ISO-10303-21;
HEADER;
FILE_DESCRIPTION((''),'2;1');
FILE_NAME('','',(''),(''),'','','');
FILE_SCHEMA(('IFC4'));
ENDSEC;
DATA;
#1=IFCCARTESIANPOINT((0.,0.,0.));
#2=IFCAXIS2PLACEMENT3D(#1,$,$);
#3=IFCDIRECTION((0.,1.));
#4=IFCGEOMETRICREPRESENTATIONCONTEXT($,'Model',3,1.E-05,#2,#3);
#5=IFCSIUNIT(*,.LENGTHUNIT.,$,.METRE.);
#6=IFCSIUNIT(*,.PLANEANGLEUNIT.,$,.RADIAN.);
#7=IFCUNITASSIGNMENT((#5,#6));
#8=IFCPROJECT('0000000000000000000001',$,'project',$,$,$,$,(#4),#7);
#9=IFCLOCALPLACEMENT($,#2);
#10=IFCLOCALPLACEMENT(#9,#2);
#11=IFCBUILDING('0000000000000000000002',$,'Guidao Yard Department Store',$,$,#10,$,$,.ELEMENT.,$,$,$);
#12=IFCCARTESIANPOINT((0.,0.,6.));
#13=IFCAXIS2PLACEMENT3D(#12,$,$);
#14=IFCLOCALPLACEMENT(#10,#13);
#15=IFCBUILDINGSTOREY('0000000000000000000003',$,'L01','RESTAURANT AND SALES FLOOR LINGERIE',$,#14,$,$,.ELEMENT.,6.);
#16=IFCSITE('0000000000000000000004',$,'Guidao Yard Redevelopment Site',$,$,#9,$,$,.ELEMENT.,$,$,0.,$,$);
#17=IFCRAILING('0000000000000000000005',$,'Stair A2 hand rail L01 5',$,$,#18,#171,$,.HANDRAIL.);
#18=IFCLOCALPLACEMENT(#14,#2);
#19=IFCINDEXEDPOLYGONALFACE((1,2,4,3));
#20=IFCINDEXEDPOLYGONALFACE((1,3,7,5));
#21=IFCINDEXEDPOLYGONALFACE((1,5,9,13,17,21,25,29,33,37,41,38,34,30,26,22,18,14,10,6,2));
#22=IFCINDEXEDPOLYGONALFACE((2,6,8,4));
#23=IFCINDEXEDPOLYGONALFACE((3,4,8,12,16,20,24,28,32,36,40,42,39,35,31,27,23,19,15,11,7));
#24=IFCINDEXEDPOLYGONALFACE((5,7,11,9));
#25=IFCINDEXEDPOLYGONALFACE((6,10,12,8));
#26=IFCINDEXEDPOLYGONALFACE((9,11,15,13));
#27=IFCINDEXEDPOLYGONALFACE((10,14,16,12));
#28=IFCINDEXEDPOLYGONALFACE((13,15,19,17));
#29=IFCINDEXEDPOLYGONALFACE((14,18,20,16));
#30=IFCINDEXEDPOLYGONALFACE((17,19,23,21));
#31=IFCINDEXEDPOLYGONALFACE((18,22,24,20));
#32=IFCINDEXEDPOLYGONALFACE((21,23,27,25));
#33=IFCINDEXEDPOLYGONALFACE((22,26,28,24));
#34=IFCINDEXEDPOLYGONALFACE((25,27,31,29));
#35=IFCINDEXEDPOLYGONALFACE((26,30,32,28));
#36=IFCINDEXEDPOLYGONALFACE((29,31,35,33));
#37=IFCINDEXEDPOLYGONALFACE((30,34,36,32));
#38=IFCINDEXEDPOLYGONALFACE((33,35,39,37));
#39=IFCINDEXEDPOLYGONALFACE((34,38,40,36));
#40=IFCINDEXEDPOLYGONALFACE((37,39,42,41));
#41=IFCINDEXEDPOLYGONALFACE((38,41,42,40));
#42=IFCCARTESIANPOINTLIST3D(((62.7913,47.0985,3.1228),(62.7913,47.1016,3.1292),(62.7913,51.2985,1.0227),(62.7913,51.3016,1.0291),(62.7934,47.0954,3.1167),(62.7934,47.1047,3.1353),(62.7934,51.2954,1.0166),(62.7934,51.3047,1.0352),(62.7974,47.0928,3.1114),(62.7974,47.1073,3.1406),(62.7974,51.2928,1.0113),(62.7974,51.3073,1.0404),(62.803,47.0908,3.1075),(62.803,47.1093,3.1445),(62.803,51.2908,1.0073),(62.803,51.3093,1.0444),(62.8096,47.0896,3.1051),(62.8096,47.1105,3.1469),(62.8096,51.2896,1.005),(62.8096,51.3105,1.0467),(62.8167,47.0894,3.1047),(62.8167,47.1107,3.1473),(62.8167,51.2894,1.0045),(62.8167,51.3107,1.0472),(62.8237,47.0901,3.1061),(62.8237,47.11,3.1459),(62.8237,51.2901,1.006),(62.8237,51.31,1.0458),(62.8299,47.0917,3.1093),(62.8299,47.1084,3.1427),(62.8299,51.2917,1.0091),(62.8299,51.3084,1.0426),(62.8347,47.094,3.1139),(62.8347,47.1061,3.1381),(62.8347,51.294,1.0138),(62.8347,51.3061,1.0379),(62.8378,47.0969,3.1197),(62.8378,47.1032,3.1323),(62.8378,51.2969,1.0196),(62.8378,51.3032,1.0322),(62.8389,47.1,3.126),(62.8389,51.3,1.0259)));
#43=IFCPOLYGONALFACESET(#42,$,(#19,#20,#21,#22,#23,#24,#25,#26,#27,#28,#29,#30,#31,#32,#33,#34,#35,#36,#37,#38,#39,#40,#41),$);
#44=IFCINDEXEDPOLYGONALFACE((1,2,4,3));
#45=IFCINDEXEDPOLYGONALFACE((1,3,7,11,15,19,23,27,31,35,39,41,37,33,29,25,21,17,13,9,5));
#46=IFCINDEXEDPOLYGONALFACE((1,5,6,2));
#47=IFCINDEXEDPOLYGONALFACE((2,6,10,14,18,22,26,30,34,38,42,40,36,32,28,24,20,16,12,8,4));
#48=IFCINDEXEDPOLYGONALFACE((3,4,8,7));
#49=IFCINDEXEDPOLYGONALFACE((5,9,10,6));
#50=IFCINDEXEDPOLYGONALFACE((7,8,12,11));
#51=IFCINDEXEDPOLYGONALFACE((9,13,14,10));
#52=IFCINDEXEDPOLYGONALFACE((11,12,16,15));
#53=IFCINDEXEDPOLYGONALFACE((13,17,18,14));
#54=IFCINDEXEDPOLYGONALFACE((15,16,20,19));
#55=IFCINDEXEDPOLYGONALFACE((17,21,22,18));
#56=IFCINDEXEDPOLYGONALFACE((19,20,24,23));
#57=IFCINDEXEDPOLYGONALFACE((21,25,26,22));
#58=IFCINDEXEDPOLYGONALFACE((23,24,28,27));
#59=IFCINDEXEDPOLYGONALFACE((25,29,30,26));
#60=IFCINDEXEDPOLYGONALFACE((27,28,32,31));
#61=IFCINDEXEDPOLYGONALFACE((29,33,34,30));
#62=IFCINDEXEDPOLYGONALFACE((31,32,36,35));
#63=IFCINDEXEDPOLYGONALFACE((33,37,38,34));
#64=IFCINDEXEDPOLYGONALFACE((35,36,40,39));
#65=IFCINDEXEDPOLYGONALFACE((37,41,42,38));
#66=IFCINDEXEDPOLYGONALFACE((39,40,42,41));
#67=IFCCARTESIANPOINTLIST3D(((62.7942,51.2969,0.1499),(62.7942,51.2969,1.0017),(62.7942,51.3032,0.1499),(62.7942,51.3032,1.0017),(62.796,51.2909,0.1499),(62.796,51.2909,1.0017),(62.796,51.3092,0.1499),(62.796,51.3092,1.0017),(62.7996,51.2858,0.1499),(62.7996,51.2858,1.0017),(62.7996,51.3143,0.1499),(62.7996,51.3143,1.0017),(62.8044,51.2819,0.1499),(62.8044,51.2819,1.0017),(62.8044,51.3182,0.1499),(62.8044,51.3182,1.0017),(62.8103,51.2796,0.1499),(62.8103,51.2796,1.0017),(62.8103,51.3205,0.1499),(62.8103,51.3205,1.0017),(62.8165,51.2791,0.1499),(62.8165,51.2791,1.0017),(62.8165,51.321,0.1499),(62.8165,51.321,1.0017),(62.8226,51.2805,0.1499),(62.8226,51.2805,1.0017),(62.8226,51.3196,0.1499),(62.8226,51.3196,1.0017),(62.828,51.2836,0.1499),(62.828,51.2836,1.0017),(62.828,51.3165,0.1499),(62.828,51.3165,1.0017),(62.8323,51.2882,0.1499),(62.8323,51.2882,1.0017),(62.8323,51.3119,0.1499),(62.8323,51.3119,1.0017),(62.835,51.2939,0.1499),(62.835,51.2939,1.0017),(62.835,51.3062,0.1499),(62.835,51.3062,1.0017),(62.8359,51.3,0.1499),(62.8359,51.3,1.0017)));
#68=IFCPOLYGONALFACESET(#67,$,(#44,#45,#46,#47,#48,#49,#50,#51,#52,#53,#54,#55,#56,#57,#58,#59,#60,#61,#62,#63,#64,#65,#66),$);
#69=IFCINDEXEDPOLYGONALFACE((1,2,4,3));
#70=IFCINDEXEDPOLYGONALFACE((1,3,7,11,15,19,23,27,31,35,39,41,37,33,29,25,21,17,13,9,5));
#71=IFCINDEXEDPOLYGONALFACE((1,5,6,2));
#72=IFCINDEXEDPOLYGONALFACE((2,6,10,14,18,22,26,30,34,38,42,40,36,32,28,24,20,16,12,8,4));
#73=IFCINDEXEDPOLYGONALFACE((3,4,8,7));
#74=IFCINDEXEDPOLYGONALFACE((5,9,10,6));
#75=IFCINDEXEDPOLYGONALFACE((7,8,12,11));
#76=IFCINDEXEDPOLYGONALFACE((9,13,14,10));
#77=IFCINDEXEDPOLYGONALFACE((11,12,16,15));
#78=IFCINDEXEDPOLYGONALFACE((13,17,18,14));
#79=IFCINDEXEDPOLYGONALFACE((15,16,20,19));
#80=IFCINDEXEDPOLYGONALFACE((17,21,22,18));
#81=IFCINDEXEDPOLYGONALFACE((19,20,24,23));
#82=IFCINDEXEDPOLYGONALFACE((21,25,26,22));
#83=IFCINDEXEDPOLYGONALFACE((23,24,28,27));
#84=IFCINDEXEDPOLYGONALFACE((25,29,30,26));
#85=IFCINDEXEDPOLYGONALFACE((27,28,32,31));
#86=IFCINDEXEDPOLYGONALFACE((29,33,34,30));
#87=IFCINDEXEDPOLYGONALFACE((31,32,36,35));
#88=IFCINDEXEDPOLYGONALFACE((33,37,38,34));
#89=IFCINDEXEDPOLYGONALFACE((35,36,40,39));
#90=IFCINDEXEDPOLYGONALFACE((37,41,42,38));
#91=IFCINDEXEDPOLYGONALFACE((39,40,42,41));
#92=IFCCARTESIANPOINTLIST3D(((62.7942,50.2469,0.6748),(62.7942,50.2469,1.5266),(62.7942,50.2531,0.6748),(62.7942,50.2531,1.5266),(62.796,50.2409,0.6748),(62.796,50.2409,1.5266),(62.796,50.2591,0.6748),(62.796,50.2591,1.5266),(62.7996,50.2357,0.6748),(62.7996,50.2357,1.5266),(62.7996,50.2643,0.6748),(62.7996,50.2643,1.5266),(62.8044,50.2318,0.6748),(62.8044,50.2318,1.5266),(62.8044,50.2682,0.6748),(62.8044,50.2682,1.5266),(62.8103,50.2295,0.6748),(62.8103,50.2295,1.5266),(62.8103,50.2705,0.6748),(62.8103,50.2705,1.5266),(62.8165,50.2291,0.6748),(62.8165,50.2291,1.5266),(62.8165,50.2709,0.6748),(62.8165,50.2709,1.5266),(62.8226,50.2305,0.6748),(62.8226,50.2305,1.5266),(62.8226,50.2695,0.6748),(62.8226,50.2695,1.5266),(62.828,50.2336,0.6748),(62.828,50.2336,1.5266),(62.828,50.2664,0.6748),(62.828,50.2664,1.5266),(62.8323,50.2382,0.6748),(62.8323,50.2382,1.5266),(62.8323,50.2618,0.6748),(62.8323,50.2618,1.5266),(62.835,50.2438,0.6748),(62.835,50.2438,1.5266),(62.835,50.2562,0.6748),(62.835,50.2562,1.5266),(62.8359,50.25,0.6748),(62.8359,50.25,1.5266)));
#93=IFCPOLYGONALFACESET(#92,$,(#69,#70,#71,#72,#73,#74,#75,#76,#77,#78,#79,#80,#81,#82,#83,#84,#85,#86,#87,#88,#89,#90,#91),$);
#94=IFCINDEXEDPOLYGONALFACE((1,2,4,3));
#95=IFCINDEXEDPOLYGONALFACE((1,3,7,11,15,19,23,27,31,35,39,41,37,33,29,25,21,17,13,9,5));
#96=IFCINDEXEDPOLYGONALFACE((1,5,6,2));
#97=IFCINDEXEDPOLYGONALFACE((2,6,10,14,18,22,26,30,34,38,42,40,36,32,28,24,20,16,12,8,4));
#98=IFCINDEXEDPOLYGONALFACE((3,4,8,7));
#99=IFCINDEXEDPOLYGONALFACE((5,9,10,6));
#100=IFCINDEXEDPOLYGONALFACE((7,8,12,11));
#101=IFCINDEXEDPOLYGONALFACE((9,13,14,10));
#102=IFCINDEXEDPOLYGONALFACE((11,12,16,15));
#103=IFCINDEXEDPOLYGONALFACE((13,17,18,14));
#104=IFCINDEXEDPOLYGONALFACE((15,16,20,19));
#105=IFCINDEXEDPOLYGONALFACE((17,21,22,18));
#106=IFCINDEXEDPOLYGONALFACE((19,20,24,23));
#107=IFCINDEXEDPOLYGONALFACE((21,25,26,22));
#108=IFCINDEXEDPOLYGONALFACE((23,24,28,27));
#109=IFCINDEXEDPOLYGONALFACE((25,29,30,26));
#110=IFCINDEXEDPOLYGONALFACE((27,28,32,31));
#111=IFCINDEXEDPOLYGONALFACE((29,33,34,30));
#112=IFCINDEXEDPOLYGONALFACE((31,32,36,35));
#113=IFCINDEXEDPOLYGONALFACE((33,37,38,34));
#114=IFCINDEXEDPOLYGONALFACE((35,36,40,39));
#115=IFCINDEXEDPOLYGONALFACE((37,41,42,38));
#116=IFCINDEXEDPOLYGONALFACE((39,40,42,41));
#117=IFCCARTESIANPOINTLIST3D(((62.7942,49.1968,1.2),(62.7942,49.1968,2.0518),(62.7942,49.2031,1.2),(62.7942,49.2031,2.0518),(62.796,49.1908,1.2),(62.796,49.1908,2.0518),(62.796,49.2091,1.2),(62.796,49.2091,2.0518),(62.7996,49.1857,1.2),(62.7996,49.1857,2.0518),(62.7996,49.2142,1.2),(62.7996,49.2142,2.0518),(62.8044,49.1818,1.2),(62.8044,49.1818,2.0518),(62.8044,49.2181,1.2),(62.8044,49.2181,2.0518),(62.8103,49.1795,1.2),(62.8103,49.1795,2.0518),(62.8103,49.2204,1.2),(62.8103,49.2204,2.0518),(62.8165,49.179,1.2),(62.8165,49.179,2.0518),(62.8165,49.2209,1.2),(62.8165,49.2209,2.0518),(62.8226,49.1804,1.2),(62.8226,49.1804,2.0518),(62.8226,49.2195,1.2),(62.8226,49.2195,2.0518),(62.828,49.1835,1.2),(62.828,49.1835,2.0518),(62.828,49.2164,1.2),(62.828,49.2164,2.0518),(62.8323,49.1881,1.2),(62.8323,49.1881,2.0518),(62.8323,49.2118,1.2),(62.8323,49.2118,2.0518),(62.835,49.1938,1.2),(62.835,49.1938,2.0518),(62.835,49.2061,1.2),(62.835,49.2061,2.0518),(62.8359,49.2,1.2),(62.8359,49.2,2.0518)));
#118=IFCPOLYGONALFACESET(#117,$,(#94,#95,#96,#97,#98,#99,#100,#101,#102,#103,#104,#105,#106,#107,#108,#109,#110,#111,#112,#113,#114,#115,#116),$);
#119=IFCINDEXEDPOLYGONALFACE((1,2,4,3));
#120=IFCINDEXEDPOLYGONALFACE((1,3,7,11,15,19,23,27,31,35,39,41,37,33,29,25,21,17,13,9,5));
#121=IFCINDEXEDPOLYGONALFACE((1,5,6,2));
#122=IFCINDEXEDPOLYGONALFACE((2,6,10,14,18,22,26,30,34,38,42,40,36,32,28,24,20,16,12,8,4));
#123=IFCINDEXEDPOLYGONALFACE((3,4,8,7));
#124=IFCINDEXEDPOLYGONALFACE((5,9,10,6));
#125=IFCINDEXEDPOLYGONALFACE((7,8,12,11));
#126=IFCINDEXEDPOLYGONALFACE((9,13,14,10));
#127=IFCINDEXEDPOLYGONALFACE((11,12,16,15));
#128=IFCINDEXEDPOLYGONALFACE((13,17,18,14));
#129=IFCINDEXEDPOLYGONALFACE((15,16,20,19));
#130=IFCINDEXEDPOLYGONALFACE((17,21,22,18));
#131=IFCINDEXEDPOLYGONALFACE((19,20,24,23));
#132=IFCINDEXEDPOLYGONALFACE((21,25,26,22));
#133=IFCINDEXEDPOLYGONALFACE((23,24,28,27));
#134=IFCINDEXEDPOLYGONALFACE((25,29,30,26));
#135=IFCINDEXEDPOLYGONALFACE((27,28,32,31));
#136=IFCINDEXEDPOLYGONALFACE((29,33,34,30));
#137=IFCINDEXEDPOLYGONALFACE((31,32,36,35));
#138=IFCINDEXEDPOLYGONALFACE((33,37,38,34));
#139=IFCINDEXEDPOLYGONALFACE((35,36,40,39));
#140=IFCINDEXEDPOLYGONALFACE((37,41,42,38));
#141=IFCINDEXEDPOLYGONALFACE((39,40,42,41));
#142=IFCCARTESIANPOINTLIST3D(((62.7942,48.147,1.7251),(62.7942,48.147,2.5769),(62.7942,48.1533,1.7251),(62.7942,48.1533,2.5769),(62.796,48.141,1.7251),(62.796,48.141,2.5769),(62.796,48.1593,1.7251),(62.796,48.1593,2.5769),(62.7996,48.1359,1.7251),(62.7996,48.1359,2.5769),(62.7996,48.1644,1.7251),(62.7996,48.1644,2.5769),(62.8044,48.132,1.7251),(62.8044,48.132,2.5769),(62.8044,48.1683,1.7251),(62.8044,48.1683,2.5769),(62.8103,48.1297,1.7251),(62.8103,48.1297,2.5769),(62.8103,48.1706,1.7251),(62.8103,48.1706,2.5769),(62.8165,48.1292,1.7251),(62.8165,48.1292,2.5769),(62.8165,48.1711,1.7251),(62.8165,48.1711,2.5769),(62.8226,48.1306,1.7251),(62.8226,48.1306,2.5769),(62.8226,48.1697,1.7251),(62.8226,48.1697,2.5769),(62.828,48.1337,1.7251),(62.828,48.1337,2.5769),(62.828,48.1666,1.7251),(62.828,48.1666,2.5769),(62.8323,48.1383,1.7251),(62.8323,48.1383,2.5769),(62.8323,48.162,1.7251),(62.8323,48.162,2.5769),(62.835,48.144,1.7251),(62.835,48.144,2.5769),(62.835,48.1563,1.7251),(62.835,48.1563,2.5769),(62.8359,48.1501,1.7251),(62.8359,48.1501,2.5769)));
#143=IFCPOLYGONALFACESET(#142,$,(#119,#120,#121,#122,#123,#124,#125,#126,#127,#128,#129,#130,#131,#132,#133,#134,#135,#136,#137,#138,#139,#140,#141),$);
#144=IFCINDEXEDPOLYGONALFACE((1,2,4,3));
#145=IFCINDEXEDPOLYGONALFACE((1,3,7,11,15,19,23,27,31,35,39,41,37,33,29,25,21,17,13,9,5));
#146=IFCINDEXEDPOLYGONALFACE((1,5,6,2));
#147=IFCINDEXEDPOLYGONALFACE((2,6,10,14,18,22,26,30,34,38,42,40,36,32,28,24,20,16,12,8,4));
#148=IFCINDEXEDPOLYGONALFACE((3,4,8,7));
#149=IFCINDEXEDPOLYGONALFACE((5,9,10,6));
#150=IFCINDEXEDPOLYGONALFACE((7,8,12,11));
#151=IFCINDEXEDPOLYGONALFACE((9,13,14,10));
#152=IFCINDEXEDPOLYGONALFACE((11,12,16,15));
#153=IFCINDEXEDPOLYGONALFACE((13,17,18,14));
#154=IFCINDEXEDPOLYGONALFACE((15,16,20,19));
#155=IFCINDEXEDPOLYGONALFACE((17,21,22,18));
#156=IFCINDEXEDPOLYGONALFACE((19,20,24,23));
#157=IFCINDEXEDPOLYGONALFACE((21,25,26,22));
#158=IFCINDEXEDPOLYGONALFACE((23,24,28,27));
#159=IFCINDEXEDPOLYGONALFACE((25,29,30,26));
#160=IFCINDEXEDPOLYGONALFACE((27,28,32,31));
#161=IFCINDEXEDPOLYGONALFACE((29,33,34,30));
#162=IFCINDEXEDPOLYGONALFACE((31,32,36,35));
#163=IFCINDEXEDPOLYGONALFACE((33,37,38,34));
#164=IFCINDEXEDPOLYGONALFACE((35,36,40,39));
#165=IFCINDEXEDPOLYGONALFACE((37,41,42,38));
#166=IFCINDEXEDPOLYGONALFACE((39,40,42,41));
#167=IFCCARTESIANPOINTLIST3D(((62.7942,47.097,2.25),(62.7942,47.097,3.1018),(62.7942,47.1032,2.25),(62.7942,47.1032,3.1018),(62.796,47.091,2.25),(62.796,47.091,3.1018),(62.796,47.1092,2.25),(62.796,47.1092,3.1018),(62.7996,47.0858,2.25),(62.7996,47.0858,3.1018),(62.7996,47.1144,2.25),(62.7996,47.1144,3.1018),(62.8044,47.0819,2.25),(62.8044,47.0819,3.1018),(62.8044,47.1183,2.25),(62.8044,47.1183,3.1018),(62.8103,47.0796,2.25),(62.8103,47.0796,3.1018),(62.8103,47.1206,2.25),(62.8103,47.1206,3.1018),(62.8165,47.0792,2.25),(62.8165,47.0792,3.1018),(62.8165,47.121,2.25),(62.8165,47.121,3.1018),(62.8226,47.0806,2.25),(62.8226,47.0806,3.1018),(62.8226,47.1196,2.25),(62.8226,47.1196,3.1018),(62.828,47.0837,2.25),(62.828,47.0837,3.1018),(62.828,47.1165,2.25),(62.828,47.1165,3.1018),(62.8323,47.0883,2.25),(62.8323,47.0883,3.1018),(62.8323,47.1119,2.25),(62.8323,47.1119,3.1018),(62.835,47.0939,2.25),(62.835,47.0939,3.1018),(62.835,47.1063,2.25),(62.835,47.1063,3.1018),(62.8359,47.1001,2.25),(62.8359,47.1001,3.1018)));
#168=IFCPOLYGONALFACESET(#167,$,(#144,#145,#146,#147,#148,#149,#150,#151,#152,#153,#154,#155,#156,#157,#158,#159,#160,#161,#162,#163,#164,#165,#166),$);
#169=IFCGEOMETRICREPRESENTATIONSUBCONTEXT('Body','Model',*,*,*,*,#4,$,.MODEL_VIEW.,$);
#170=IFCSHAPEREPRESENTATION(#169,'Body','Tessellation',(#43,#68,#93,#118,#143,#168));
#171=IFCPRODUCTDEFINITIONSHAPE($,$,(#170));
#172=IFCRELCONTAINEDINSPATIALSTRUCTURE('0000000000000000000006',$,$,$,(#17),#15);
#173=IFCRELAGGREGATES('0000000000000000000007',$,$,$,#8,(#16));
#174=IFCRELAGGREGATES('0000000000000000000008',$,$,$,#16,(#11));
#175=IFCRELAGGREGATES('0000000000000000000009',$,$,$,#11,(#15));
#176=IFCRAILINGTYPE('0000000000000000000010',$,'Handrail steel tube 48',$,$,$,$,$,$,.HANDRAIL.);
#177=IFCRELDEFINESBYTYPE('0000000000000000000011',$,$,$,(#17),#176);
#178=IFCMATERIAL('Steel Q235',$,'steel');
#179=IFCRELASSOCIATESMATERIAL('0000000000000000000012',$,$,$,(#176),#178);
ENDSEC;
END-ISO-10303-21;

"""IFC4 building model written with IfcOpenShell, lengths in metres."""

from ifc_helpers import new_model, si_unit, direction, frame, origin, origin_2d, place, context, subcontext, project, spatial, circle, extrude, material, type_object, element, save


model = new_model("IFC4")

# Units and contexts
model_context = context("Model", 3, precision=1e-05, world=origin(), true_north=direction((0.0, 1.0)))
body_context = subcontext(model_context, "Body", "Model", "MODEL_VIEW")
ifc_project = project(units=[si_unit("LENGTHUNIT", "METRE"), si_unit("PLANEANGLEUNIT", "RADIAN")], contexts=[model_context])

# Site, building, storey
site_placement = place(None, origin())
site = spatial("IfcSite", under=ifc_project, at=site_placement, Name="Guidao Yard Redevelopment Site", CompositionType="ELEMENT", RefElevation=0.0)
building_placement = place(site_placement, origin())
building = spatial("IfcBuilding", under=site, at=building_placement, Name="Guidao Yard Department Store", CompositionType="ELEMENT")
storey_placement = place(building_placement, frame((0.0, 0.0, 6.0)))
storey = spatial("IfcBuildingStorey", under=building, at=storey_placement, Name="L01", Description="RESTAURANT AND SALES FLOOR LINGERIE", CompositionType="ELEMENT", Elevation=6.0)

# Railing
ifc_material_1 = material(Name="Steel Q235", Category="steel")
railing_type_1 = type_object("IfcRailingType", Name="Handrail steel tube 48", PredefinedType="HANDRAIL", material=ifc_material_1)
for number, where, name in (
    (1, (62.8149, 51.3, 0.1499), "Stair A2 hand rail L01 5"),
):
    element("IfcRailing", number, at=place(storey_placement, frame(where)), inside=storey, type_object=railing_type_1, Name=name, PredefinedType="HANDRAIL", context=body_context, shape_type="SweptSolid", body=[
        extrude(circle(Radius=0.0239, at=origin_2d()), frame((0.0, 0.0, 0.876), z_axis=(0.0, -0.894417, 0.447234), x_axis=(1.0, 0.0, 0.0)), (0.0, 0.0, 1.0), 4.6958),
        extrude(circle(Radius=0.021, at=origin_2d()), origin(), (0.0, 0.0, 1.0), 0.8518),
        extrude(circle(Radius=0.021, at=origin_2d()), frame((0.0, -1.05, 0.5249)), (0.0, 0.0, 1.0), 0.8518),
        extrude(circle(Radius=0.021, at=origin_2d()), frame((0.0, -2.1001, 1.05)), (0.0, 0.0, 1.0), 0.8518),
        extrude(circle(Radius=0.021, at=origin_2d()), frame((0.0, -3.1499, 1.5752)), (0.0, 0.0, 1.0), 0.8518),
        extrude(circle(Radius=0.021, at=origin_2d()), frame((0.0, -4.2, 2.1001)), (0.0, 0.0, 1.0), 0.8518),
    ])

save(model, "model.ifc")
